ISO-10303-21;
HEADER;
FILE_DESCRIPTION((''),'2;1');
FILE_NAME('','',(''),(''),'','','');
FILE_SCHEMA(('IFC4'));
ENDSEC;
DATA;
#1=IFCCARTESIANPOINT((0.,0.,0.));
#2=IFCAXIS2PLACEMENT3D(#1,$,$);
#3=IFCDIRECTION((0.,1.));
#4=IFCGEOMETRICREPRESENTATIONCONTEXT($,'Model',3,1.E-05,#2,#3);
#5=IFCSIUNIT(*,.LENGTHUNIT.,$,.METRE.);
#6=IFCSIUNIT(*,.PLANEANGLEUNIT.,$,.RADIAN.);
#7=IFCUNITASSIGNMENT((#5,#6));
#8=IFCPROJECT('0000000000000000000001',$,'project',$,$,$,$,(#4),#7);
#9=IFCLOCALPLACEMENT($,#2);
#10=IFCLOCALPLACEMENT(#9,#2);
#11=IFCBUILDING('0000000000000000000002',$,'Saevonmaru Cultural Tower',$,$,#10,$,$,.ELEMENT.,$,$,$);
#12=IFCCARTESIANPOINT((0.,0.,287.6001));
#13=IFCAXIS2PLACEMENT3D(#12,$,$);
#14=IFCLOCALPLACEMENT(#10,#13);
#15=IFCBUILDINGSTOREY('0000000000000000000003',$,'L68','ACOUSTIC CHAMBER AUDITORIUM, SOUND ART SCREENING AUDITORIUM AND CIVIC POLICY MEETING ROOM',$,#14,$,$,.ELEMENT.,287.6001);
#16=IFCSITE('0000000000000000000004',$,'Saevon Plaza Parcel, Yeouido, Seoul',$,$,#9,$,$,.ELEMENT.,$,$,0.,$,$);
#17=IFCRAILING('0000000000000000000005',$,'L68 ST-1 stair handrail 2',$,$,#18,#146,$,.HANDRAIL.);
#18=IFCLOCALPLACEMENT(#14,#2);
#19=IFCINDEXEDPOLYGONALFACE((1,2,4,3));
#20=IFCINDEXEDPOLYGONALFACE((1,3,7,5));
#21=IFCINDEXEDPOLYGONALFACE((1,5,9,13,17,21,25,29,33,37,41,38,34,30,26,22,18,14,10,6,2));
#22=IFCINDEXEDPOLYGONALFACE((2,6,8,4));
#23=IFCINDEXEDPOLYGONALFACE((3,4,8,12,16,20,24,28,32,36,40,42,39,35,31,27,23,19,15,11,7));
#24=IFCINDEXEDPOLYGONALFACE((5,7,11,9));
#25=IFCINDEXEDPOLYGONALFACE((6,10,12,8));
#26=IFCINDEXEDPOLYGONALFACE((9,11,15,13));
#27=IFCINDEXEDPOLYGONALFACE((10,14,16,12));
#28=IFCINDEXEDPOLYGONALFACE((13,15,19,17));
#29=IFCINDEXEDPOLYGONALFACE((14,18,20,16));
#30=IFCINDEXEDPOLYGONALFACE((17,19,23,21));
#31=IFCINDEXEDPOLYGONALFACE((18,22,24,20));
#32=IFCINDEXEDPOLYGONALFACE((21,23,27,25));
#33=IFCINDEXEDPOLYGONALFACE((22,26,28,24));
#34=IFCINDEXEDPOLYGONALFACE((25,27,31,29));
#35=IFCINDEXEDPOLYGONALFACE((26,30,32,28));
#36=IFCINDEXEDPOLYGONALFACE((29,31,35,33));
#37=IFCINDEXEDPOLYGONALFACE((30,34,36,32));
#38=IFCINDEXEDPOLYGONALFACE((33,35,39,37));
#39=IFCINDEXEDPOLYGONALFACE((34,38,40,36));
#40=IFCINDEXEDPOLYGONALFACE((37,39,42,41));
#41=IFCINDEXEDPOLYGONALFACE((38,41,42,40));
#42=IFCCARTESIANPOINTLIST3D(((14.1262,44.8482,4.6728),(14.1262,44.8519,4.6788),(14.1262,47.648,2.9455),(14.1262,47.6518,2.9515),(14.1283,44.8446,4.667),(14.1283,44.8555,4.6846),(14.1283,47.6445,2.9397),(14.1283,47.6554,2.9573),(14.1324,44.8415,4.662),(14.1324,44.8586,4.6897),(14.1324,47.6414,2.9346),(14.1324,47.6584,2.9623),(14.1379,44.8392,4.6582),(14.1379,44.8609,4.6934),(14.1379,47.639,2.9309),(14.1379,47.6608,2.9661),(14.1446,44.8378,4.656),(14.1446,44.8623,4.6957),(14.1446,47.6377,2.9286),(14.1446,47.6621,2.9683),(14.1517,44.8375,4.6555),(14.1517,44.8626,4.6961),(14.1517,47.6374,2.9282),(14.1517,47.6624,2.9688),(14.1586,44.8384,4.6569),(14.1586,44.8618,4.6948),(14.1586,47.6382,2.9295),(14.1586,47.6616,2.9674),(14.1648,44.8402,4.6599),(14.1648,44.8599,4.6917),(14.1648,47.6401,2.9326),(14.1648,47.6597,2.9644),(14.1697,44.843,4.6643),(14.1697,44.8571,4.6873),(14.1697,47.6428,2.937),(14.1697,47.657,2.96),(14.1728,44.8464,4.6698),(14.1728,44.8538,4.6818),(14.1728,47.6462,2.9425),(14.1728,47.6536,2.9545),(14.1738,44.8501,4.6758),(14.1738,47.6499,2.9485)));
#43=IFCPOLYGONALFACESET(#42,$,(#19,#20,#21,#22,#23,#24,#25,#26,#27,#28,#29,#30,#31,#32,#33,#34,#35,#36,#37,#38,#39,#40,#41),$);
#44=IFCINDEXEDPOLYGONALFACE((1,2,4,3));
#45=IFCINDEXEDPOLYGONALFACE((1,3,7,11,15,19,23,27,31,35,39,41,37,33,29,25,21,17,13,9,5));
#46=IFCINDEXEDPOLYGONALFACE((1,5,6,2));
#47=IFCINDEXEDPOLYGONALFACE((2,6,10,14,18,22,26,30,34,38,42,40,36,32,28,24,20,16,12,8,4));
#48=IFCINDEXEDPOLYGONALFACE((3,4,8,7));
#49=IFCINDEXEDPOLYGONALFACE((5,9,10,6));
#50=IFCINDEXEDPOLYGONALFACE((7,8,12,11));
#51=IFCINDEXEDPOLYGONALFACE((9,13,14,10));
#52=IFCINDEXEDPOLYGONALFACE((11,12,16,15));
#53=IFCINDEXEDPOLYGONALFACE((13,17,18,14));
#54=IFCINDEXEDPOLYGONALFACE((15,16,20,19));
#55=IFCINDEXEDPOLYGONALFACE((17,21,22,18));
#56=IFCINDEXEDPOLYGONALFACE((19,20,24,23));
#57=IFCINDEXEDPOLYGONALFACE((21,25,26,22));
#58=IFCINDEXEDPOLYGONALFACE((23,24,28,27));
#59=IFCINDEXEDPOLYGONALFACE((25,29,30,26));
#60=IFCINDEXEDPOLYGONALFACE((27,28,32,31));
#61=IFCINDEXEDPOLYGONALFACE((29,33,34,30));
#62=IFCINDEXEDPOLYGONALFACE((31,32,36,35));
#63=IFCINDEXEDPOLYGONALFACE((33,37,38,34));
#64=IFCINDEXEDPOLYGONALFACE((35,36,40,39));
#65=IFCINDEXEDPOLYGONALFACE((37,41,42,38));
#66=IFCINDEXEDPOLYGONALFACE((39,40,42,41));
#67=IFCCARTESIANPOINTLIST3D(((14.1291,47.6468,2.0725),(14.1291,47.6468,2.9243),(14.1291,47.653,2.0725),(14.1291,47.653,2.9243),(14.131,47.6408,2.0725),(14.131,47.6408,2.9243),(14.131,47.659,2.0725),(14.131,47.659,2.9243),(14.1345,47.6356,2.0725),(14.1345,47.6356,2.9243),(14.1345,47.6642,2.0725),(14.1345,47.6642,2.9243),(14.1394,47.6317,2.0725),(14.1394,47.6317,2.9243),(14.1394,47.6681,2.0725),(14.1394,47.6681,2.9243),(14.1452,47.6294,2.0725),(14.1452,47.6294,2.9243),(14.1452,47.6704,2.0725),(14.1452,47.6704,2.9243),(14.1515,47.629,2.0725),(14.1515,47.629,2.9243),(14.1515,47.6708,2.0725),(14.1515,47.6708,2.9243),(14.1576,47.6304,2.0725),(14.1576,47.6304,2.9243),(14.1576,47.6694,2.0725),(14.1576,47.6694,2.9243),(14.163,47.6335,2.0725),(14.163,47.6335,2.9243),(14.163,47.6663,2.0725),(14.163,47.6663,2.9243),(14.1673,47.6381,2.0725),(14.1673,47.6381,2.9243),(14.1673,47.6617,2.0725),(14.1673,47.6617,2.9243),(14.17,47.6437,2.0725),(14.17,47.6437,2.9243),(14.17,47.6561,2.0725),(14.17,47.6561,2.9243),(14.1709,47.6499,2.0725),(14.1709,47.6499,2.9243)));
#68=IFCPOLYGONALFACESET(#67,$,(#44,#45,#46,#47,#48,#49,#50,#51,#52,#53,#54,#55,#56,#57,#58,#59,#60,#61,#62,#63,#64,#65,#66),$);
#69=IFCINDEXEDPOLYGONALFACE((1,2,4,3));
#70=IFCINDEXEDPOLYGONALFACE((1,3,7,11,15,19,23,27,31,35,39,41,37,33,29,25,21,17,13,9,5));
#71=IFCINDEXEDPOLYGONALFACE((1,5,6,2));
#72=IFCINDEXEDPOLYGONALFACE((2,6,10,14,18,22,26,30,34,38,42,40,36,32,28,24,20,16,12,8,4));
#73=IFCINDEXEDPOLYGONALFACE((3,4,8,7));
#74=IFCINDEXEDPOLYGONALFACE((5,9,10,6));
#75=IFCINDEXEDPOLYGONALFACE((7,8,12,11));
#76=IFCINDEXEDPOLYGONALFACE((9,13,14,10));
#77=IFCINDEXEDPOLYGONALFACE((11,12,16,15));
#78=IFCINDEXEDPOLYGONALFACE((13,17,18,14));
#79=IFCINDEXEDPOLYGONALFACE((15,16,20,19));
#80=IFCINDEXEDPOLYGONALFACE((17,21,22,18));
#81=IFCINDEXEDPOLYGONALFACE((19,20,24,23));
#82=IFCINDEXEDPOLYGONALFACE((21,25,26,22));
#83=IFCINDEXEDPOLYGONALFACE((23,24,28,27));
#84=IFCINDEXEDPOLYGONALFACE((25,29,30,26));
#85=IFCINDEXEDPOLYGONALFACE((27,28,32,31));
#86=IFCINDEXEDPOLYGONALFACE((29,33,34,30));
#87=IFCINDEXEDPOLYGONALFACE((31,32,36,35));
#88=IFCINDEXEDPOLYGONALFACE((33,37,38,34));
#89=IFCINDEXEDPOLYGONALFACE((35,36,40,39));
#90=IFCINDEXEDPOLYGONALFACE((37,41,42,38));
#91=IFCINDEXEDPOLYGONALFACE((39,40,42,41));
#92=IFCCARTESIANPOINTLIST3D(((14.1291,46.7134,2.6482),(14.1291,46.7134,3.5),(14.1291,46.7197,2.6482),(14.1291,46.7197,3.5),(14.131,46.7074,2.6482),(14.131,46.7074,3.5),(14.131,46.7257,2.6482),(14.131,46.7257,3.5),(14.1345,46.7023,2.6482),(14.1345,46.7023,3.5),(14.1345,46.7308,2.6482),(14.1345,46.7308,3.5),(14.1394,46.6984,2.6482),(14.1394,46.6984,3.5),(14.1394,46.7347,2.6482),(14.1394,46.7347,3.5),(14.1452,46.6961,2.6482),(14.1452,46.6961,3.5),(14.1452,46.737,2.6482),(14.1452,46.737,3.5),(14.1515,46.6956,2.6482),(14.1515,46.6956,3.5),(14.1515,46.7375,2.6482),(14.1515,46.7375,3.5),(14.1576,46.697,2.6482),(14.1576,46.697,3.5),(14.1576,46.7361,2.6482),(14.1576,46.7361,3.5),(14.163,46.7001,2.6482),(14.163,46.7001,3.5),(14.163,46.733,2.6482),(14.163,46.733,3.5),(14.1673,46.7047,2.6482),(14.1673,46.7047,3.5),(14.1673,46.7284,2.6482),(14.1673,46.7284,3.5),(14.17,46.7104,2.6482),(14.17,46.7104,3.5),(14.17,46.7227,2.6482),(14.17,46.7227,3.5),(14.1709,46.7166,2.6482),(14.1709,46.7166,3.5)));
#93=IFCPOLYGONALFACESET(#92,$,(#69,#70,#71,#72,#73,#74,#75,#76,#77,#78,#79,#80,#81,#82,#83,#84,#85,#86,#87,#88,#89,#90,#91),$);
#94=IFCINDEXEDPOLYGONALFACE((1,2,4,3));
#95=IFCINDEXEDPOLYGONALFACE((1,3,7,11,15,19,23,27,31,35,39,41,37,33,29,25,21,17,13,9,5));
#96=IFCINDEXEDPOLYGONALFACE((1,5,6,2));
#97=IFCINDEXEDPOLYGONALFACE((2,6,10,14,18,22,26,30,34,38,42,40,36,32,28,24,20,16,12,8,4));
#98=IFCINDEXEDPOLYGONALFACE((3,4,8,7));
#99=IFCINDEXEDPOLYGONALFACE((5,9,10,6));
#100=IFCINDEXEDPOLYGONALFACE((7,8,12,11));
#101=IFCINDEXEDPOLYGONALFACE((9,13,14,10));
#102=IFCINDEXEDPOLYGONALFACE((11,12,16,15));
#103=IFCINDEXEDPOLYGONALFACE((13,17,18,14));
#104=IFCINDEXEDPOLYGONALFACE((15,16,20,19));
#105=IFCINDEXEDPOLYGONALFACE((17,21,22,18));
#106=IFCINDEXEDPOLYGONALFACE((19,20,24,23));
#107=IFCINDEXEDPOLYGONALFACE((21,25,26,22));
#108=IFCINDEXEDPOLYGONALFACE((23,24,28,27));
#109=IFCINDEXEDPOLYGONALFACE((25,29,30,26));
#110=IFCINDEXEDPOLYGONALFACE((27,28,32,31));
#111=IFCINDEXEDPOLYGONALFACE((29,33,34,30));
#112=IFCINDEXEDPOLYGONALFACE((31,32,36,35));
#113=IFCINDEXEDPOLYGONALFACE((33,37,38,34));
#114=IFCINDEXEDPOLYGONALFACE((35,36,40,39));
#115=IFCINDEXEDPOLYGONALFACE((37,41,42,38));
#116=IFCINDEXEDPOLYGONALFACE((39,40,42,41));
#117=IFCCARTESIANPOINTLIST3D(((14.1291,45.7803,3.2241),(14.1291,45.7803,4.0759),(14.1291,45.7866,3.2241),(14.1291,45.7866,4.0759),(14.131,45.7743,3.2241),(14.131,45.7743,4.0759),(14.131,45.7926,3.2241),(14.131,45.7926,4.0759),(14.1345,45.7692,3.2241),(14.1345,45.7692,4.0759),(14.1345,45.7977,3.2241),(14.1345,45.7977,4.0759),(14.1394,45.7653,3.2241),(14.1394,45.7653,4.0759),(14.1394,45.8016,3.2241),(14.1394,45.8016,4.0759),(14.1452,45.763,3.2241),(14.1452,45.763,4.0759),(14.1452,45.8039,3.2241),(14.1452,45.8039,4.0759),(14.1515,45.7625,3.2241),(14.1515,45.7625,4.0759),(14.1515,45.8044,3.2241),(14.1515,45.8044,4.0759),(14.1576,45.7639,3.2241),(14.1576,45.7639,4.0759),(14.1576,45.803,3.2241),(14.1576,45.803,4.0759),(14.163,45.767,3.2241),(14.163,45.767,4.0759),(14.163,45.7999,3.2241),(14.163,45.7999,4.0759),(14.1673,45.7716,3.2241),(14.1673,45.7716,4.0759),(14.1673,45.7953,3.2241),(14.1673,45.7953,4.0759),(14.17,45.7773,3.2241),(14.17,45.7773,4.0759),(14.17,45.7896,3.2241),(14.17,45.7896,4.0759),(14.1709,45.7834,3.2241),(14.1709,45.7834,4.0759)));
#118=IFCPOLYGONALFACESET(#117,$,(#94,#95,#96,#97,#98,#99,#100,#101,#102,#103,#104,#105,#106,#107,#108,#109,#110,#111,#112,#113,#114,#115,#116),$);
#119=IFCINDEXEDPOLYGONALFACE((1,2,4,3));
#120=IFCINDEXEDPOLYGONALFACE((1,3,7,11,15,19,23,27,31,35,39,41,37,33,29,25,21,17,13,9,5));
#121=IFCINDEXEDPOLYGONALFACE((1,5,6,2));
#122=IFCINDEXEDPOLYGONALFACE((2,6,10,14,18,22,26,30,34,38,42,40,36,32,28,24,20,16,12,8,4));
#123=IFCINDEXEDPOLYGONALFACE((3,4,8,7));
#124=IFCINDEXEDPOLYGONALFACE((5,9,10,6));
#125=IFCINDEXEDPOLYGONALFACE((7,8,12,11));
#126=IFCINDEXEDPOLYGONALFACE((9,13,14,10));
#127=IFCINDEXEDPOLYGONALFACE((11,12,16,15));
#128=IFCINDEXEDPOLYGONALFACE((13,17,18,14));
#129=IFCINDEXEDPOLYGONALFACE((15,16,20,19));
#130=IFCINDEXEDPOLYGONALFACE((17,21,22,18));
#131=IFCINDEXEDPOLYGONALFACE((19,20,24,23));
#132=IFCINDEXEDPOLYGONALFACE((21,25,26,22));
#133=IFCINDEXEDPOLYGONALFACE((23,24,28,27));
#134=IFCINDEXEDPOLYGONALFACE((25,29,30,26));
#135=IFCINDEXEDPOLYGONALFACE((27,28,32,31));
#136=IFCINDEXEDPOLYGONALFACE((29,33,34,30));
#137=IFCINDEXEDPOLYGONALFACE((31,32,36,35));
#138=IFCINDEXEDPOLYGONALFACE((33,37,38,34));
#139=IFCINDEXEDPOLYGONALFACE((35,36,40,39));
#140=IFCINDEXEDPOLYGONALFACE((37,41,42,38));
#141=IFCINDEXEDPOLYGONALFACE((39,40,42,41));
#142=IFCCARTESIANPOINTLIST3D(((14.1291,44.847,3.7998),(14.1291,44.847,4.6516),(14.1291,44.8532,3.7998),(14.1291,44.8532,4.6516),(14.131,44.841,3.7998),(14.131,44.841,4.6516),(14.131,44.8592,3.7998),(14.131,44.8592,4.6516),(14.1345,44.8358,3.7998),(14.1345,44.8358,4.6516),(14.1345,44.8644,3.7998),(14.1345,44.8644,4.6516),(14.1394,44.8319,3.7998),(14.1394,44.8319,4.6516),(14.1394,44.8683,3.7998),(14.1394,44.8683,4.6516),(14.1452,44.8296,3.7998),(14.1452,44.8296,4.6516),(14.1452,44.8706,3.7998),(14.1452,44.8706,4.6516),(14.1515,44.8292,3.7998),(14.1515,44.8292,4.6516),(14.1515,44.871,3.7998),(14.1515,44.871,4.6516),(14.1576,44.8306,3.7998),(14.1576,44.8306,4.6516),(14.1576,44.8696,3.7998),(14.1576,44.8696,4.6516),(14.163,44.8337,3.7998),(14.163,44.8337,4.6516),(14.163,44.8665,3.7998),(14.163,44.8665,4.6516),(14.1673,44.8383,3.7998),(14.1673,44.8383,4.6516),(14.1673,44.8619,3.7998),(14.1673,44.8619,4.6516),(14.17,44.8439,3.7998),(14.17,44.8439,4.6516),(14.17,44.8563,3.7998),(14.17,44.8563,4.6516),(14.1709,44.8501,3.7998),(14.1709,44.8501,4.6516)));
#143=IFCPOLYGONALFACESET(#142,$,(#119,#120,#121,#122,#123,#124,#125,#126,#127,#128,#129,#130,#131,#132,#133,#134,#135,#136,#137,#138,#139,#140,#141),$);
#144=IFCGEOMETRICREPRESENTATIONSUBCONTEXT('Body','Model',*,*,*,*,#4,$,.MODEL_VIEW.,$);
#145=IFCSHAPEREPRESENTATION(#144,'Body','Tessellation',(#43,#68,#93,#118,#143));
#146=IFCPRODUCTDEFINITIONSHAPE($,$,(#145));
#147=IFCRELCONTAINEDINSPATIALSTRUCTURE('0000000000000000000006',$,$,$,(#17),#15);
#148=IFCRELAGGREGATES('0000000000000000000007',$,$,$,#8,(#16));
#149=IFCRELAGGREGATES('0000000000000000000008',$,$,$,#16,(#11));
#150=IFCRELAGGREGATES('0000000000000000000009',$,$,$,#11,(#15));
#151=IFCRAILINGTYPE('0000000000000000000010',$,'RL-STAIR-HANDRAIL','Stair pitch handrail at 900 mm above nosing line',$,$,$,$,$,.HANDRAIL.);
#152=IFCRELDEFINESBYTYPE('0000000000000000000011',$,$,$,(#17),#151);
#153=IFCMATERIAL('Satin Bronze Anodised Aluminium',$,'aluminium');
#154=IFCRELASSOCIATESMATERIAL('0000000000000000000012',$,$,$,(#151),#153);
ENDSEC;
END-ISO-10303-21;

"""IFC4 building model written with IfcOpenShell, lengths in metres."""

from ifc_helpers import new_model, si_unit, direction, frame, origin, origin_2d, place, context, subcontext, project, spatial, circle, extrude, material, type_object, element, save


model = new_model("IFC4")

# Units and contexts
model_context = context("Model", 3, precision=1e-05, world=origin(), true_north=direction((0.0, 1.0)))
body_context = subcontext(model_context, "Body", "Model", "MODEL_VIEW")
ifc_project = project(units=[si_unit("LENGTHUNIT", "METRE"), si_unit("PLANEANGLEUNIT", "RADIAN")], contexts=[model_context])

# Site, building, storey
site_placement = place(None, origin())
site = spatial("IfcSite", under=ifc_project, at=site_placement, Name="Saevon Plaza Parcel, Yeouido, Seoul", CompositionType="ELEMENT", RefElevation=0.0)
building_placement = place(site_placement, origin())
building = spatial("IfcBuilding", under=site, at=building_placement, Name="Saevonmaru Cultural Tower", CompositionType="ELEMENT")
storey_placement = place(building_placement, frame((0.0, 0.0, 287.6001)))
storey = spatial("IfcBuildingStorey", under=building, at=storey_placement, Name="L68", Description="ACOUSTIC CHAMBER AUDITORIUM, SOUND ART SCREENING AUDITORIUM AND CIVIC POLICY MEETING ROOM", CompositionType="ELEMENT", Elevation=287.6001)

# Shared definitions
ifc_material_1 = material(Name="Satin Bronze Anodised Aluminium", Category="aluminium")

# Railing
railing_type = type_object("IfcRailingType", Name="RL-STAIR-HANDRAIL", Description="Stair pitch handrail at 900 mm above nosing line", PredefinedType="HANDRAIL", material=ifc_material_1)
railing_placement = place(storey_placement, frame((14.1499, 47.6499, 2.0725)))
element("IfcRailing", 1, at=railing_placement, inside=storey, type_object=railing_type, Name="L68 ST-1 stair handrail 2", PredefinedType="HANDRAIL", context=body_context, shape_type="SweptSolid", body=[
    extrude(circle(Radius=0.0239, at=origin_2d()), frame((0.0, 0.0, 0.876), z_axis=(0.0, -0.851069, 0.525054), x_axis=(1.0, 0.0, 0.0)), (0.0, 0.0, 1.0), 3.2898),
    extrude(circle(Radius=0.021, at=origin_2d()), origin(), (0.0, 0.0, 1.0), 0.8518),
    extrude(circle(Radius=0.021, at=origin_2d()), frame((0.0, -0.9333, 0.5757)), (0.0, 0.0, 1.0), 0.8518),
    extrude(circle(Radius=0.021, at=origin_2d()), frame((0.0, -1.8665, 1.1516)), (0.0, 0.0, 1.0), 0.8518),
    extrude(circle(Radius=0.021, at=origin_2d()), frame((0.0, -2.7998, 1.7273)), (0.0, 0.0, 1.0), 0.8518),
])

save(model, "model.ifc")
